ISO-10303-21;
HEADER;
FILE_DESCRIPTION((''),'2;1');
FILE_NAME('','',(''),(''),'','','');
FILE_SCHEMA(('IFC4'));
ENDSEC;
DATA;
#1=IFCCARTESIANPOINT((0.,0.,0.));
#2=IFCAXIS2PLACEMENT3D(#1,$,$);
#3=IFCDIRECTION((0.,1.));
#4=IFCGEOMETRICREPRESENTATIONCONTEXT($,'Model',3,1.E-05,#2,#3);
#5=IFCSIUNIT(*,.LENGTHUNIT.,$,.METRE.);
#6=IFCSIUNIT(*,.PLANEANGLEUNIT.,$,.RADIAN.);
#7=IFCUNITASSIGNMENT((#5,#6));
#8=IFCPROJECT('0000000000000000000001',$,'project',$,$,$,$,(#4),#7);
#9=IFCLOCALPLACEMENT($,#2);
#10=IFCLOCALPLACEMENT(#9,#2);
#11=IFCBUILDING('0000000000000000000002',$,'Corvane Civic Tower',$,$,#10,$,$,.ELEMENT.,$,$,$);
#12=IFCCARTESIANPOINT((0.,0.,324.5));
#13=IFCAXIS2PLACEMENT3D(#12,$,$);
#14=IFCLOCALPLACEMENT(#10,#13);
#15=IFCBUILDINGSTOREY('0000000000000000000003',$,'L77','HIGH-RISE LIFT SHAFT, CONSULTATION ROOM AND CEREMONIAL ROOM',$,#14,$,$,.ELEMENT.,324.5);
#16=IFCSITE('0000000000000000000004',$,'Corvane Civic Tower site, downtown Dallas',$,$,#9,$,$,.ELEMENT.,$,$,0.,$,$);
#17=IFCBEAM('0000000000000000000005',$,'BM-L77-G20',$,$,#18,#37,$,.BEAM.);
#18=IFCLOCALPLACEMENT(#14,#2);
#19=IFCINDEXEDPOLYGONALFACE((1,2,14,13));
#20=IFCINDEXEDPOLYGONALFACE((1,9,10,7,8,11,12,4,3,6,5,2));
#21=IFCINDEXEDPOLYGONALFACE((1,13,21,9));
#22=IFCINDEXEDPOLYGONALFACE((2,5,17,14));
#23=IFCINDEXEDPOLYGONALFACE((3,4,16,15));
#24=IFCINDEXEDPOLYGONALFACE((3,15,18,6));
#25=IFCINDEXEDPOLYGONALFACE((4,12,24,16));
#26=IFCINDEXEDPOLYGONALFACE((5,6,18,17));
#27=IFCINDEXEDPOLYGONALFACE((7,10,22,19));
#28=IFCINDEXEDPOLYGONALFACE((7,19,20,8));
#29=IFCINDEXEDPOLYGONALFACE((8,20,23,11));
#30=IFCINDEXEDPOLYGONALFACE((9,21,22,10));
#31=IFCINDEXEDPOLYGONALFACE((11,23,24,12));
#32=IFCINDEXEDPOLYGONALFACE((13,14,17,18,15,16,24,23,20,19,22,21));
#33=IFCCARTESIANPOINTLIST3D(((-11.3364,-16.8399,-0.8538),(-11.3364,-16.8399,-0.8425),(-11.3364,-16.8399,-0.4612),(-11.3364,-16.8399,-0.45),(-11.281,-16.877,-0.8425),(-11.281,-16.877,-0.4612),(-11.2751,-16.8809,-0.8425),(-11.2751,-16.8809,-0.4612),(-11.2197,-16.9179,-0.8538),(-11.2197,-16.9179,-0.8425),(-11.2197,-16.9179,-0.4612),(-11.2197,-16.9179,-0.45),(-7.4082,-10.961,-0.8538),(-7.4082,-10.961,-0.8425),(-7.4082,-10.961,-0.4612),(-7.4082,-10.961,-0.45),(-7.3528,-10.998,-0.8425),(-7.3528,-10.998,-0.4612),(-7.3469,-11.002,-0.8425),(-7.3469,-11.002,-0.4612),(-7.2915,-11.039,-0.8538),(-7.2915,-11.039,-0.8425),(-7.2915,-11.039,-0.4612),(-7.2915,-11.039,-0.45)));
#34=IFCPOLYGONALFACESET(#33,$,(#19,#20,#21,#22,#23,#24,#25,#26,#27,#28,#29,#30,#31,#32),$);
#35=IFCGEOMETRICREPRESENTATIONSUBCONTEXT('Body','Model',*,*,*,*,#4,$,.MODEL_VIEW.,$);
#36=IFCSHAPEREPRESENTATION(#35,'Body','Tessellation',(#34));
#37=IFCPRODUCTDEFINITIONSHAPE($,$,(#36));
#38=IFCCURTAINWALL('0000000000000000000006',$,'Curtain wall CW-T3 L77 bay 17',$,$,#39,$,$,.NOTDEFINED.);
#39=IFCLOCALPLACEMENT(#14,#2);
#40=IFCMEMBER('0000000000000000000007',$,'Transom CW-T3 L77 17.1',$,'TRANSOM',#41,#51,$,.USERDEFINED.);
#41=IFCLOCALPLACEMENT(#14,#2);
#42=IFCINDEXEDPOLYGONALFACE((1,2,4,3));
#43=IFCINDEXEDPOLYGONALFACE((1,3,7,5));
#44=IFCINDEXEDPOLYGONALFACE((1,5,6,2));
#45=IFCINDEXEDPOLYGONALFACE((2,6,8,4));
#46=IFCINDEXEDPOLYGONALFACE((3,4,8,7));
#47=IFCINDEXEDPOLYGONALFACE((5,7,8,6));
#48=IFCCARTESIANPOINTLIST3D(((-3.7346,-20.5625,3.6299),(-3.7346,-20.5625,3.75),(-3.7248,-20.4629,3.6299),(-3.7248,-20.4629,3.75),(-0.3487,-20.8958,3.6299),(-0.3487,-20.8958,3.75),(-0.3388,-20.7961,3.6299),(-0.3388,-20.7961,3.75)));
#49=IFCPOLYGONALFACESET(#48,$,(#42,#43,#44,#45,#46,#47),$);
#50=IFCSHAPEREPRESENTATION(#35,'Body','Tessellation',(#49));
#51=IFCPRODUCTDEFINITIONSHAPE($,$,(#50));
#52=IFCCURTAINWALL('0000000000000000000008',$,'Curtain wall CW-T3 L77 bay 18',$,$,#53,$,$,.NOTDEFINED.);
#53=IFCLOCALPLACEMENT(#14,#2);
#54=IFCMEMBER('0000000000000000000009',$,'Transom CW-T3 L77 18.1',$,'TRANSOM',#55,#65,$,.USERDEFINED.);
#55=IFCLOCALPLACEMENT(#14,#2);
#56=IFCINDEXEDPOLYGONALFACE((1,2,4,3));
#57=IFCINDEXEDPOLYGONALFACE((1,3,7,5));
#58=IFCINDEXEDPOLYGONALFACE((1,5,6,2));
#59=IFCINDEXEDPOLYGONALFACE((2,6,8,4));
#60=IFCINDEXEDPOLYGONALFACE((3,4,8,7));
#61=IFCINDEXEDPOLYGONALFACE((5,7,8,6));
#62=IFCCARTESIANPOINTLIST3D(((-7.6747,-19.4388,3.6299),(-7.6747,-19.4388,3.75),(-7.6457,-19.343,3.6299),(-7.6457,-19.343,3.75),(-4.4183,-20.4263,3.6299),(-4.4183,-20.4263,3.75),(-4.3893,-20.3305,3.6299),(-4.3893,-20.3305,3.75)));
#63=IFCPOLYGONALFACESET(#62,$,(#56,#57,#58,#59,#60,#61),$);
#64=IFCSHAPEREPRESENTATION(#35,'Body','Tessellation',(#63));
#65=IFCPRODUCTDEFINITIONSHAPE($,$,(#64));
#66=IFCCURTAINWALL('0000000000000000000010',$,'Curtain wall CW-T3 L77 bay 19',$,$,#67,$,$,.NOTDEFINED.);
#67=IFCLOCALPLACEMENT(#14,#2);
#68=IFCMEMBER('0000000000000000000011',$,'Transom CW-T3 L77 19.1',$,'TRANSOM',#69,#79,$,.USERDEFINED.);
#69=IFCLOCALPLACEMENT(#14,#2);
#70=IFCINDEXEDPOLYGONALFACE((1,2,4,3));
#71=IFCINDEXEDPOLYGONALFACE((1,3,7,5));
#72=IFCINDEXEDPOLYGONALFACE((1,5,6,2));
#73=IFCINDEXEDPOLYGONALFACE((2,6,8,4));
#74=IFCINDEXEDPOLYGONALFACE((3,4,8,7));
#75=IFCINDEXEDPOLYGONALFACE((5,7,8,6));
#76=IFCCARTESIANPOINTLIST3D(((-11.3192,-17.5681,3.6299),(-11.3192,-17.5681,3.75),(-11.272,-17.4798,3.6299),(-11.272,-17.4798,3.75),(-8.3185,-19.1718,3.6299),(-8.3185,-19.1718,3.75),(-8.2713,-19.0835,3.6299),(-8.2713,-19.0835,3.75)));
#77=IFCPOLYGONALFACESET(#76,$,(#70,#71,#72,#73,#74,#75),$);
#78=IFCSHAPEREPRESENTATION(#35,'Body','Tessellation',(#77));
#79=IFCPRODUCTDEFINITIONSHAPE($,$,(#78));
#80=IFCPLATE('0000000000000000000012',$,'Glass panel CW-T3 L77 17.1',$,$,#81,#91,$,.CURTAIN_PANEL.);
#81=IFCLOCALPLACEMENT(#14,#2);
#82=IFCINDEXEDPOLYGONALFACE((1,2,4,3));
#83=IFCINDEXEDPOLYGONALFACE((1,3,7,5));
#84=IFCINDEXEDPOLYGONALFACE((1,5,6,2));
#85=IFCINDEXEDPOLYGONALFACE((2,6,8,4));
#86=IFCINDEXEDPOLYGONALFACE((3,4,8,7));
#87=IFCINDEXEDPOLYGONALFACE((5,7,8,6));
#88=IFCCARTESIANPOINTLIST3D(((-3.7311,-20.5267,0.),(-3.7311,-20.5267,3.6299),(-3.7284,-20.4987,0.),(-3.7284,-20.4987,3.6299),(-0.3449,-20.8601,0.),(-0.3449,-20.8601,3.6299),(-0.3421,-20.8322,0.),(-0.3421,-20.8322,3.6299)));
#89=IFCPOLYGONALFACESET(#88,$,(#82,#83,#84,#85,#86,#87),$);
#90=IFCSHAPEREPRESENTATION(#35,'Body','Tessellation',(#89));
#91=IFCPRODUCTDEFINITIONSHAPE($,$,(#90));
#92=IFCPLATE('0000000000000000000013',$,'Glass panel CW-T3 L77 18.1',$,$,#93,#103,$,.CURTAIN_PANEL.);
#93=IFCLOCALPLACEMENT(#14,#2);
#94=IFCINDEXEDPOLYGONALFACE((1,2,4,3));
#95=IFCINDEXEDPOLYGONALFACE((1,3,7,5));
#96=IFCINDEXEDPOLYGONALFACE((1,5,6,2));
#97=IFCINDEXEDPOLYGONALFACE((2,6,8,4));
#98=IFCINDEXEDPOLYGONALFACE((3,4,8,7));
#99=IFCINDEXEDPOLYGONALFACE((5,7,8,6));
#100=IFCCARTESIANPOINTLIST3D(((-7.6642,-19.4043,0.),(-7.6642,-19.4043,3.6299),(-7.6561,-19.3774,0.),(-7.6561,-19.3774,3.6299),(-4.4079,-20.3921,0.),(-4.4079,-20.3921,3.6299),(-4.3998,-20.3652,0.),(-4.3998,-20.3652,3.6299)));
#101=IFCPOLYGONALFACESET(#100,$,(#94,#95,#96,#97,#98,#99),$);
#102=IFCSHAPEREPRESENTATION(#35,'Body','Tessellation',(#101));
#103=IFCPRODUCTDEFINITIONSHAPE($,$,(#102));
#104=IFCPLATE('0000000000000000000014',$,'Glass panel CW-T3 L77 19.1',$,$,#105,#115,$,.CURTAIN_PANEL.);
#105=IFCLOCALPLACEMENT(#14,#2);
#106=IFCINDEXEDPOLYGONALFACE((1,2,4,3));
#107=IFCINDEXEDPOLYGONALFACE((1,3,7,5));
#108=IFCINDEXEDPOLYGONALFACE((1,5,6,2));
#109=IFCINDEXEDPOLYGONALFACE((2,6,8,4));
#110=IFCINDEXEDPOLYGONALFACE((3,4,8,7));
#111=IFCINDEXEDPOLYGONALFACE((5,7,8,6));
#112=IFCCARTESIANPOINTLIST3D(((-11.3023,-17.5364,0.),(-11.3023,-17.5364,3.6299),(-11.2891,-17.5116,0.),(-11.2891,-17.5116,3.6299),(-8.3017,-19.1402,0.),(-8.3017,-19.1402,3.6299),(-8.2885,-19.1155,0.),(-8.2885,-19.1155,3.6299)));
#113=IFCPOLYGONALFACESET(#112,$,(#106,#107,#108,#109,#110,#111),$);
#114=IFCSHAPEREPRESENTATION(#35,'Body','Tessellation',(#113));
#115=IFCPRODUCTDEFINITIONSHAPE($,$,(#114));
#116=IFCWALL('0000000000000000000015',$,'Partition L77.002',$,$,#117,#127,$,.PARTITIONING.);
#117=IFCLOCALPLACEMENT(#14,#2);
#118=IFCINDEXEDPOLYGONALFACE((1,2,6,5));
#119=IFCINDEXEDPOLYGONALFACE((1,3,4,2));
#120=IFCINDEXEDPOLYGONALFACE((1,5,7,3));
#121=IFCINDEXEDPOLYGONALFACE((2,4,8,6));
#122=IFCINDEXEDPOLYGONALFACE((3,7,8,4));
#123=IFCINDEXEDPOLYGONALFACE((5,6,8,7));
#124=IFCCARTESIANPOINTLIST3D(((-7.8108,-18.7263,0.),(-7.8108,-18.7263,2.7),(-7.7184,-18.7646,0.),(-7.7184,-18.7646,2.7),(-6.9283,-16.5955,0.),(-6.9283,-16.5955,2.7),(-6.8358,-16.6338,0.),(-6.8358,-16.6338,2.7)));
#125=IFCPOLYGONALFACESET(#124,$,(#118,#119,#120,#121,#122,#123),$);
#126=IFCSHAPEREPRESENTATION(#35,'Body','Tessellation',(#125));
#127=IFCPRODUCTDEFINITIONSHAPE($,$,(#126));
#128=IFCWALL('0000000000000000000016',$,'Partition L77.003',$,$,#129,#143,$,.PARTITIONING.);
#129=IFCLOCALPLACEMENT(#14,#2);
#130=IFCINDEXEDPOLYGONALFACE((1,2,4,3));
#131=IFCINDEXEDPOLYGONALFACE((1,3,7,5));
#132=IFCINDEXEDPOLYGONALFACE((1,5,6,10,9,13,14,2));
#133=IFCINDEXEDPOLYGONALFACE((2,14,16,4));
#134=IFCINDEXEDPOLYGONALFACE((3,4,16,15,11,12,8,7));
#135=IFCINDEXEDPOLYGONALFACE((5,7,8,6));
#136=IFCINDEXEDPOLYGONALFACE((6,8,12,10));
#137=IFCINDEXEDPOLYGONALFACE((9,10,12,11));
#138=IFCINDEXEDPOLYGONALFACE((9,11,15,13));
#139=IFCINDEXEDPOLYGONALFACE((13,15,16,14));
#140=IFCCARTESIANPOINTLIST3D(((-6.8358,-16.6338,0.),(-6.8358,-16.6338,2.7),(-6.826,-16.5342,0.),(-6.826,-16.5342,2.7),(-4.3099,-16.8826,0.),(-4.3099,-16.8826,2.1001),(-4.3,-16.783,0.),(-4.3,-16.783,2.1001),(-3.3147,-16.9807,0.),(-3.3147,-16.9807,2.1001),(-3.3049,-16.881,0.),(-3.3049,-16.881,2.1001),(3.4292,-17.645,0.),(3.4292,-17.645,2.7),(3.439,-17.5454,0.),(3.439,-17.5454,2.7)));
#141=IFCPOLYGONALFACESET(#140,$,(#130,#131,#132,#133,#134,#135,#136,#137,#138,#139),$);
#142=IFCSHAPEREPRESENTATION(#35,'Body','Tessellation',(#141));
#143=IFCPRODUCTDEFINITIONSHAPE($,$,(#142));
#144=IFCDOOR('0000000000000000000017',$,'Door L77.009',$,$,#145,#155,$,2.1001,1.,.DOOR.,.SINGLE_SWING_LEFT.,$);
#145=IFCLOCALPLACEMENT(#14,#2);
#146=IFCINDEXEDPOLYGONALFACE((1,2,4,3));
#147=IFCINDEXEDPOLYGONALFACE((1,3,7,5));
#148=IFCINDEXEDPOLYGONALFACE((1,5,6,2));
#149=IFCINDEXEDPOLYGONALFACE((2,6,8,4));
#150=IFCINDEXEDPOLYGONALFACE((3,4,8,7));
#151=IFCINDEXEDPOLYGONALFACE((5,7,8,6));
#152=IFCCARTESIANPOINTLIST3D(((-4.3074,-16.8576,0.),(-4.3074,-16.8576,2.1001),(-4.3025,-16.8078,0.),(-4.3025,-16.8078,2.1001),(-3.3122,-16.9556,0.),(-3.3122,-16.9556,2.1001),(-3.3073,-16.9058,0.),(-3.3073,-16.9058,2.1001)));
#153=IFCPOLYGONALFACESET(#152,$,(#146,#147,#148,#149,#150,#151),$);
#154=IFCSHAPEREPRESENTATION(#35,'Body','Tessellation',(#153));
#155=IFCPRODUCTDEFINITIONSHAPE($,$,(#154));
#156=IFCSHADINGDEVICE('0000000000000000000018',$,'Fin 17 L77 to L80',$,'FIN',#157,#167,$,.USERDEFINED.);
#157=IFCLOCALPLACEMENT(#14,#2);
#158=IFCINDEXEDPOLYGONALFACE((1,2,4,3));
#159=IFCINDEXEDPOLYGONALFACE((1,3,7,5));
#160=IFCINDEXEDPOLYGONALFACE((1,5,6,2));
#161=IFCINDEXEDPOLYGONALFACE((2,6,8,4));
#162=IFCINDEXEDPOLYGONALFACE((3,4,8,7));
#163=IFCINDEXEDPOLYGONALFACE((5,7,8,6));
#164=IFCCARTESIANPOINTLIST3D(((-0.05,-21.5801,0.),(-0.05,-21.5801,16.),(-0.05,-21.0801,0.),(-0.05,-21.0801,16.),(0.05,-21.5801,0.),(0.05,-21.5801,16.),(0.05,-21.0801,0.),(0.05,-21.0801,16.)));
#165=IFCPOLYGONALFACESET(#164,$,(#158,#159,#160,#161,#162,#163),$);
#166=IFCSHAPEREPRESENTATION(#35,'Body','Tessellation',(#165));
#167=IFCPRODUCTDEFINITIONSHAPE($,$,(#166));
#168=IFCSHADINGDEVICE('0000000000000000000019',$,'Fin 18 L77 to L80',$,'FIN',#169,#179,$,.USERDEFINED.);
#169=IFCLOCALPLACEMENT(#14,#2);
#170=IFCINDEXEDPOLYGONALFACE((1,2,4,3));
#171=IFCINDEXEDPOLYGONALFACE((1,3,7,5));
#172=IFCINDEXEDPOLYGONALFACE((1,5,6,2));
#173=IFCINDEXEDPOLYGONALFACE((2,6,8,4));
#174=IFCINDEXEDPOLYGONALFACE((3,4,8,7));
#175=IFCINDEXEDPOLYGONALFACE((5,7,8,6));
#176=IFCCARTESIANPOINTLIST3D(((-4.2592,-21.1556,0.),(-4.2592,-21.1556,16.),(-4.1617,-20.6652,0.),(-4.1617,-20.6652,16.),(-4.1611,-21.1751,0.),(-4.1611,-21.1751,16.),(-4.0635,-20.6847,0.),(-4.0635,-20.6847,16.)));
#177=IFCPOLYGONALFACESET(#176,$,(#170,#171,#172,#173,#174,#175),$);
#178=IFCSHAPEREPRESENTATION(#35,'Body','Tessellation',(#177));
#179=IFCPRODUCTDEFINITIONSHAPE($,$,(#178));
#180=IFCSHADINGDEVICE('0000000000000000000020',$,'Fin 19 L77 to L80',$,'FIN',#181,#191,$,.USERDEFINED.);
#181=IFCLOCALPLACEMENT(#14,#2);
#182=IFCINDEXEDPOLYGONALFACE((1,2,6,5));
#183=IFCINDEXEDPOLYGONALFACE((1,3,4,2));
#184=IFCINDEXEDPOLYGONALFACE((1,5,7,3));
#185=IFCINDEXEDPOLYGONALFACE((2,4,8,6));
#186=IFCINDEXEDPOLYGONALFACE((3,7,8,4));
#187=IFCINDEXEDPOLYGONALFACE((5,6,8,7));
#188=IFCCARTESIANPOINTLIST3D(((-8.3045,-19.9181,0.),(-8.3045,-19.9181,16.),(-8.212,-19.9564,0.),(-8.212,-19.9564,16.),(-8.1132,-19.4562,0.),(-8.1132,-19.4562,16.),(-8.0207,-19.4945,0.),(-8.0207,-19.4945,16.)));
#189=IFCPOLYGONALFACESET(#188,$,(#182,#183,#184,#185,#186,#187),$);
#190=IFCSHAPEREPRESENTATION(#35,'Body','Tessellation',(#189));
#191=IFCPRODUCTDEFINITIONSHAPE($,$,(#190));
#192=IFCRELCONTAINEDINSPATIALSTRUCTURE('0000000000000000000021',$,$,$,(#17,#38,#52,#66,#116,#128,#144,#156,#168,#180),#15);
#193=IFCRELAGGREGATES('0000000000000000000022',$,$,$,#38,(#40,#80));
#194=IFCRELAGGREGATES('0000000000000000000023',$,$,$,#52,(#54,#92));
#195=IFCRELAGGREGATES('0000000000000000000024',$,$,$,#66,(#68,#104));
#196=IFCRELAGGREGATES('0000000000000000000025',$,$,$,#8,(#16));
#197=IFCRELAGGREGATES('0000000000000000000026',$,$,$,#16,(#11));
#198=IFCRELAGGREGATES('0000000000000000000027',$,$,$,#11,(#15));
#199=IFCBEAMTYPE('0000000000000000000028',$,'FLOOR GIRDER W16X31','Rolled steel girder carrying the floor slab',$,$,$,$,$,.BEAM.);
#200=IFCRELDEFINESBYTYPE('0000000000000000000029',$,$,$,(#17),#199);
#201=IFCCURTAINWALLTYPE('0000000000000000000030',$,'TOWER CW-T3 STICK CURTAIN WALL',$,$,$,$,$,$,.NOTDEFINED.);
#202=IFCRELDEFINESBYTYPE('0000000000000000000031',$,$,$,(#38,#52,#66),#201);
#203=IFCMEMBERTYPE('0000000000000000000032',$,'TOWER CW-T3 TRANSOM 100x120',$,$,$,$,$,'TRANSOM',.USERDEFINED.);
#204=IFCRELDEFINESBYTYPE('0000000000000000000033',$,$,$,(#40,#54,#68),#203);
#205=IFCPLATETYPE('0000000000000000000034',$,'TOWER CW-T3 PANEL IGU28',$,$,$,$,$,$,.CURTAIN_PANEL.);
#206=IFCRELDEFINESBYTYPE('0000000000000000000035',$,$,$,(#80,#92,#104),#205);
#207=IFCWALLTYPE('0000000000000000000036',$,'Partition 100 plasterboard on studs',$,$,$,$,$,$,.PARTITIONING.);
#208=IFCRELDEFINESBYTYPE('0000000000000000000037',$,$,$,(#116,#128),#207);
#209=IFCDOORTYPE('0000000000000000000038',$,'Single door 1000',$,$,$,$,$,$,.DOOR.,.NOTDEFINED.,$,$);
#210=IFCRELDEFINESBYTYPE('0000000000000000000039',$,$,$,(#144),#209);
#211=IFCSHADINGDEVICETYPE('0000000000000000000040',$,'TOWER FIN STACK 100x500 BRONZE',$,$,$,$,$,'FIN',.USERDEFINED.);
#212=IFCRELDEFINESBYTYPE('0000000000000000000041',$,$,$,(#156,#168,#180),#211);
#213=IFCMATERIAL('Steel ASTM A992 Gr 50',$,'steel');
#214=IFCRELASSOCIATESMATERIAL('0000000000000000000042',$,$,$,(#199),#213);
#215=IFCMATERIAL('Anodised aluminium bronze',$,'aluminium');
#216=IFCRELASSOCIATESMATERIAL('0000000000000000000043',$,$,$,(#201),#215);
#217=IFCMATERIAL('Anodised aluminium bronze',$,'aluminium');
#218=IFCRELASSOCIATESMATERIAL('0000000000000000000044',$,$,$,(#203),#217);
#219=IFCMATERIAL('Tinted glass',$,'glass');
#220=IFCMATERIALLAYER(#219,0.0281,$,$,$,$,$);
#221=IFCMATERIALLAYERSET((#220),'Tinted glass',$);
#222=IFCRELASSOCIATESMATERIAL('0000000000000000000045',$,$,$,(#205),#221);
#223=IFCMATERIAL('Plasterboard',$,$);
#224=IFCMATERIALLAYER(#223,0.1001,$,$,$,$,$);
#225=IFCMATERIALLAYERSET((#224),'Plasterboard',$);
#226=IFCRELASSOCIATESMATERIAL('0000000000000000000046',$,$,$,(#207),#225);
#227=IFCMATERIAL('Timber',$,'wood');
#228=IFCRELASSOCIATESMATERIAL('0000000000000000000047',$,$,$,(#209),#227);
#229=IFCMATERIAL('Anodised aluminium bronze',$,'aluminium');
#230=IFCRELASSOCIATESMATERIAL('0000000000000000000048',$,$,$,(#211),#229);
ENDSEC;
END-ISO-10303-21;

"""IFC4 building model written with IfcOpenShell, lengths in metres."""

from ifc_helpers import new_model, si_unit, direction, frame, frame_2d, origin, origin_2d, place, context, subcontext, project, spatial, rectangle, i_section, extrude, material, layer, layer_set, material_profile, profile_set, type_object, element, fill, aggregate, save


model = new_model("IFC4")

# Units and contexts
model_context = context("Model", 3, precision=1e-05, world=origin(), true_north=direction((0.0, 1.0)))
body_context = subcontext(model_context, "Body", "Model", "MODEL_VIEW")
ifc_project = project(units=[si_unit("LENGTHUNIT", "METRE"), si_unit("PLANEANGLEUNIT", "RADIAN")], contexts=[model_context])

# Site, building, storey
site_placement = place(None, origin())
site = spatial("IfcSite", under=ifc_project, at=site_placement, Name="Corvane Civic Tower site, downtown Dallas", CompositionType="ELEMENT", RefElevation=0.0)
building_placement = place(site_placement, origin())
building = spatial("IfcBuilding", under=site, at=building_placement, Name="Corvane Civic Tower", CompositionType="ELEMENT")
storey_placement = place(building_placement, frame((0.0, 0.0, 324.5)))
storey = spatial("IfcBuildingStorey", under=building, at=storey_placement, Name="L77", Description="HIGH-RISE LIFT SHAFT, CONSULTATION ROOM AND CEREMONIAL ROOM", CompositionType="ELEMENT", Elevation=324.5)

# Beam
ifc_material_1 = material(Name="Steel ASTM A992 Gr 50", Category="steel")
ifc_material_profile_1 = material_profile(ifc_material_1, i_section(OverallWidth=0.1404, OverallDepth=0.4038, WebThickness=0.0071, FlangeThickness=0.0112, at=origin_2d()), Name="W16X31")
ifc_profile_set_1 = profile_set([ifc_material_profile_1], Name="Steel ASTM A992 Gr 50")
beam_type_1 = type_object("IfcBeamType", Name="FLOOR GIRDER W16X31", Description="Rolled steel girder carrying the floor slab", PredefinedType="BEAM", material=ifc_profile_set_1)
beam_1_placement = place(storey_placement, frame((-7.3499, -11.0, -0.6519), z_axis=(-0.555576, -0.831465, 0.0), x_axis=(0.831465, -0.555576, 0.0)))
element("IfcBeam", 1, at=beam_1_placement, inside=storey, type_object=beam_type_1, Name="BM-L77-G20", PredefinedType="BEAM", context=body_context, shape_type="SweptSolid", body=[
    extrude(i_section(OverallWidth=0.1404, OverallDepth=0.4038, WebThickness=0.0071, FlangeThickness=0.0112, at=origin_2d()), origin(), (0.0, 0.0, 1.0), 7.0706),
])

# Curtain walls, members
ifc_material_2 = material(Name="Anodised aluminium bronze", Category="aluminium")
curtain_wall_type = type_object("IfcCurtainWallType", Name="TOWER CW-T3 STICK CURTAIN WALL", PredefinedType="NOTDEFINED", material=ifc_material_2)
curtain_wall_1_placement = place(storey_placement, origin())
curtain_wall_1 = element("IfcCurtainWall", 2, at=curtain_wall_1_placement, inside=storey, type_object=curtain_wall_type, Name="Curtain wall CW-T3 L77 bay 17", PredefinedType="NOTDEFINED")
ifc_material_3 = material(Name="Anodised aluminium bronze", Category="aluminium")
ifc_material_profile_2 = material_profile(ifc_material_3, rectangle(XDim=0.1001, YDim=0.1201, at=origin_2d()), Name="TOWER CW-T3 TRANSOM 100x120")
ifc_profile_set_2 = profile_set([ifc_material_profile_2], Name="Anodised aluminium bronze")
member_type = type_object("IfcMemberType", Name="TOWER CW-T3 TRANSOM 100x120", ElementType="TRANSOM", PredefinedType="USERDEFINED", material=ifc_profile_set_2)
member_1_placement = place(storey_placement, frame((-0.3438, -20.8459, 3.6899), z_axis=(-0.995192, 0.097948, 0.0), x_axis=(-0.097948, -0.995192, 0.0)))
member_1 = element("IfcMember", 3, at=member_1_placement, type_object=member_type, Name="Transom CW-T3 L77 17.1", ObjectType="TRANSOM", PredefinedType="USERDEFINED", context=body_context, shape_type="SweptSolid", body=[
    extrude(rectangle(XDim=0.1001, YDim=0.1201, at=origin_2d()), origin(), (0.0, 0.0, 1.0), 3.4023),
])
curtain_wall_2_placement = place(storey_placement, origin())
curtain_wall_2 = element("IfcCurtainWall", 4, at=curtain_wall_2_placement, inside=storey, type_object=curtain_wall_type, Name="Curtain wall CW-T3 L77 bay 18", PredefinedType="NOTDEFINED")
member_2_placement = place(storey_placement, frame((-4.4038, -20.3784, 3.6899), z_axis=(-0.956961, 0.290216, 0.0), x_axis=(-0.290216, -0.956961, 0.0)))
member_2 = element("IfcMember", 5, at=member_2_placement, type_object=member_type, Name="Transom CW-T3 L77 18.1", ObjectType="TRANSOM", PredefinedType="USERDEFINED", context=body_context, shape_type="SweptSolid", body=[
    extrude(rectangle(XDim=0.1001, YDim=0.1201, at=origin_2d()), origin(), (0.0, 0.0, 1.0), 3.4028),
])
curtain_wall_3_placement = place(storey_placement, origin())
curtain_wall_3 = element("IfcCurtainWall", 6, at=curtain_wall_3_placement, inside=storey, type_object=curtain_wall_type, Name="Curtain wall CW-T3 L77 bay 19", PredefinedType="NOTDEFINED")
member_3_placement = place(storey_placement, frame((-8.2949, -19.1277, 3.6899), z_axis=(-0.881941, 0.471359, 0.0), x_axis=(-0.471359, -0.881941, 0.0)))
member_3 = element("IfcMember", 7, at=member_3_placement, type_object=member_type, Name="Transom CW-T3 L77 19.1", ObjectType="TRANSOM", PredefinedType="USERDEFINED", context=body_context, shape_type="SweptSolid", body=[
    extrude(rectangle(XDim=0.1001, YDim=0.1201, at=origin_2d()), origin(), (0.0, 0.0, 1.0), 3.4023),
])

# Plates
ifc_material_4 = material(Name="Tinted glass", Category="glass")
ifc_layer_1 = layer(ifc_material_4, 0.0281)
ifc_layer_set_1 = layer_set([ifc_layer_1], Name="Tinted glass")
plate_type = type_object("IfcPlateType", Name="TOWER CW-T3 PANEL IGU28", PredefinedType="CURTAIN_PANEL", material=ifc_layer_set_1)
plate_1_placement = place(storey_placement, frame((-2.0366, -20.6794, 0.0), z_axis=(0.0, 0.0, 1.0), x_axis=(-0.995187, 0.097998, 0.0)))
plate_1 = element("IfcPlate", 8, at=plate_1_placement, type_object=plate_type, Name="Glass panel CW-T3 L77 17.1", PredefinedType="CURTAIN_PANEL", context=body_context, shape_type="SweptSolid", body=[
    extrude(rectangle(XDim=3.4026, YDim=0.0281, at=origin_2d()), origin(), (0.0, 0.0, 1.0), 3.6299),
])
aggregate(curtain_wall_1, [member_1, plate_1])
plate_2_placement = place(storey_placement, frame((-6.032, -19.8848, 0.0), z_axis=(0.0, 0.0, 1.0), x_axis=(-0.956939, 0.29029, 0.0)))
plate_2 = element("IfcPlate", 9, at=plate_2_placement, type_object=plate_type, Name="Glass panel CW-T3 L77 18.1", PredefinedType="CURTAIN_PANEL", context=body_context, shape_type="SweptSolid", body=[
    extrude(rectangle(XDim=3.4028, YDim=0.0281, at=origin_2d()), origin(), (0.0, 0.0, 1.0), 3.6299),
])
aggregate(curtain_wall_2, [member_2, plate_2])
plate_3_placement = place(storey_placement, frame((-9.7954, -18.3259, 0.0), z_axis=(0.0, 0.0, 1.0), x_axis=(-0.881928, 0.471384, 0.0)))
plate_3 = element("IfcPlate", 10, at=plate_3_placement, type_object=plate_type, Name="Glass panel CW-T3 L77 19.1", PredefinedType="CURTAIN_PANEL", context=body_context, shape_type="SweptSolid", body=[
    extrude(rectangle(XDim=3.4023, YDim=0.0281, at=origin_2d()), origin(), (0.0, 0.0, 1.0), 3.6299),
])
aggregate(curtain_wall_3, [member_3, plate_3])

# Wall
ifc_material_5 = material(Name="Plasterboard")
ifc_layer_2 = layer(ifc_material_5, 0.1001)
ifc_layer_set_2 = layer_set([ifc_layer_2], Name="Plasterboard")
wall_type = type_object("IfcWallType", Name="Partition 100 plasterboard on studs", PredefinedType="PARTITIONING", material=ifc_layer_set_2)
wall_1_placement = place(storey_placement, frame((-7.7646, -18.7456, 0.0), z_axis=(0.0, 0.0, 1.0), x_axis=(0.38266, 0.923889, 0.0)))
element("IfcWall", 11, at=wall_1_placement, inside=storey, type_object=wall_type, Name="Partition L77.002", PredefinedType="PARTITIONING", context=body_context, shape_type="SweptSolid", body=[
    extrude(rectangle(XDim=2.3064, YDim=0.1001, at=frame_2d((1.1533, 0.0))), origin(), (0.0, 0.0, 1.0), 2.7),
])

# Wall, opening, door
wall_2_placement = place(storey_placement, frame((-6.8308, -16.584, 0.0), z_axis=(0.0, 0.0, 1.0), x_axis=(0.995183, -0.098039, 0.0)))
wall_2 = element("IfcWall", 12, at=wall_2_placement, inside=storey, type_object=wall_type, Name="Partition L77.003", PredefinedType="PARTITIONING", context=body_context, shape_type="SweptSolid", body=[
    extrude(rectangle(XDim=10.3147, YDim=0.1001, at=frame_2d((5.1572, 0.0))), origin(), (0.0, 0.0, 1.0), 2.7),
])
opening_placement = place(wall_2_placement, frame((2.5381, 0.0, 0.0)))
opening = element("IfcOpeningElement", 13, at=opening_placement, cuts=wall_2, PredefinedType="OPENING", context=body_context, shape_type="SweptSolid", body=[
    extrude(rectangle(XDim=1.0, YDim=2.1001, at=frame_2d((0.5, 1.05))), frame((0.0, 0.0601, 0.0), z_axis=(0.0, -1.0, 0.0), x_axis=(1.0, 0.0, 0.0)), (0.0, 0.0, 1.0), 0.1201),
])
ifc_material_6 = material(Name="Timber", Category="wood")
door_type = type_object("IfcDoorType", Name="Single door 1000", OperationType="NOTDEFINED", PredefinedType="DOOR", material=ifc_material_6)
door_placement = place(opening_placement, frame((1.0, 0.0, 0.0), z_axis=(0.0, 0.0, 1.0), x_axis=(-1.0, 0.0, 0.0)))
door = element("IfcDoor", 14, at=door_placement, inside=storey, type_object=door_type, Name="Door L77.009", OperationType="SINGLE_SWING_LEFT", OverallHeight=2.1001, OverallWidth=1.0, PredefinedType="DOOR", context=body_context, shape_type="SweptSolid", body=[
    extrude(rectangle(XDim=1.0, YDim=2.1001, at=frame_2d((0.5, 1.05))), frame((0.0, 0.0249, 0.0), z_axis=(0.0, -1.0, 0.0), x_axis=(1.0, 0.0, 0.0)), (0.0, 0.0, 1.0), 0.05),
])
fill(opening, door)

# Shading devices
ifc_material_7 = material(Name="Anodised aluminium bronze", Category="aluminium")
ifc_material_profile_3 = material_profile(ifc_material_7, rectangle(XDim=0.1001, YDim=0.5, at=origin_2d()), Name="TOWER FIN STACK 100x500 BRONZE")
ifc_profile_set_3 = profile_set([ifc_material_profile_3], Name="Anodised aluminium bronze")
shading_device_type = type_object("IfcShadingDeviceType", Name="TOWER FIN STACK 100x500 BRONZE", ElementType="FIN", PredefinedType="USERDEFINED", material=ifc_profile_set_3)
for number, where, z_axis, x_axis, name in (
    (15, (0.0, -21.3301, 0.0), (0.0, 0.0, 1.0), (-1.0, 0.0, 0.0), "Fin 17 L77 to L80"),
    (16, (-4.1614, -20.9202, 0.0), (0.0, 0.0, 1.0), (-0.980785, 0.19509, 0.0), "Fin 18 L77 to L80"),
    (17, (-8.1626, -19.7063, 0.0), (0.0, 0.0, 1.0), (-0.92388, 0.382683, 0.0), "Fin 19 L77 to L80"),
):
    element("IfcShadingDevice", number, at=place(storey_placement, frame(where, z_axis=z_axis, x_axis=x_axis)), inside=storey, type_object=shading_device_type, Name=name, ObjectType="FIN", PredefinedType="USERDEFINED", context=body_context, shape_type="SweptSolid", body=[
        extrude(rectangle(XDim=0.1001, YDim=0.5, at=origin_2d()), origin(), (0.0, 0.0, 1.0), 16.0),
    ])

save(model, "model.ifc")
